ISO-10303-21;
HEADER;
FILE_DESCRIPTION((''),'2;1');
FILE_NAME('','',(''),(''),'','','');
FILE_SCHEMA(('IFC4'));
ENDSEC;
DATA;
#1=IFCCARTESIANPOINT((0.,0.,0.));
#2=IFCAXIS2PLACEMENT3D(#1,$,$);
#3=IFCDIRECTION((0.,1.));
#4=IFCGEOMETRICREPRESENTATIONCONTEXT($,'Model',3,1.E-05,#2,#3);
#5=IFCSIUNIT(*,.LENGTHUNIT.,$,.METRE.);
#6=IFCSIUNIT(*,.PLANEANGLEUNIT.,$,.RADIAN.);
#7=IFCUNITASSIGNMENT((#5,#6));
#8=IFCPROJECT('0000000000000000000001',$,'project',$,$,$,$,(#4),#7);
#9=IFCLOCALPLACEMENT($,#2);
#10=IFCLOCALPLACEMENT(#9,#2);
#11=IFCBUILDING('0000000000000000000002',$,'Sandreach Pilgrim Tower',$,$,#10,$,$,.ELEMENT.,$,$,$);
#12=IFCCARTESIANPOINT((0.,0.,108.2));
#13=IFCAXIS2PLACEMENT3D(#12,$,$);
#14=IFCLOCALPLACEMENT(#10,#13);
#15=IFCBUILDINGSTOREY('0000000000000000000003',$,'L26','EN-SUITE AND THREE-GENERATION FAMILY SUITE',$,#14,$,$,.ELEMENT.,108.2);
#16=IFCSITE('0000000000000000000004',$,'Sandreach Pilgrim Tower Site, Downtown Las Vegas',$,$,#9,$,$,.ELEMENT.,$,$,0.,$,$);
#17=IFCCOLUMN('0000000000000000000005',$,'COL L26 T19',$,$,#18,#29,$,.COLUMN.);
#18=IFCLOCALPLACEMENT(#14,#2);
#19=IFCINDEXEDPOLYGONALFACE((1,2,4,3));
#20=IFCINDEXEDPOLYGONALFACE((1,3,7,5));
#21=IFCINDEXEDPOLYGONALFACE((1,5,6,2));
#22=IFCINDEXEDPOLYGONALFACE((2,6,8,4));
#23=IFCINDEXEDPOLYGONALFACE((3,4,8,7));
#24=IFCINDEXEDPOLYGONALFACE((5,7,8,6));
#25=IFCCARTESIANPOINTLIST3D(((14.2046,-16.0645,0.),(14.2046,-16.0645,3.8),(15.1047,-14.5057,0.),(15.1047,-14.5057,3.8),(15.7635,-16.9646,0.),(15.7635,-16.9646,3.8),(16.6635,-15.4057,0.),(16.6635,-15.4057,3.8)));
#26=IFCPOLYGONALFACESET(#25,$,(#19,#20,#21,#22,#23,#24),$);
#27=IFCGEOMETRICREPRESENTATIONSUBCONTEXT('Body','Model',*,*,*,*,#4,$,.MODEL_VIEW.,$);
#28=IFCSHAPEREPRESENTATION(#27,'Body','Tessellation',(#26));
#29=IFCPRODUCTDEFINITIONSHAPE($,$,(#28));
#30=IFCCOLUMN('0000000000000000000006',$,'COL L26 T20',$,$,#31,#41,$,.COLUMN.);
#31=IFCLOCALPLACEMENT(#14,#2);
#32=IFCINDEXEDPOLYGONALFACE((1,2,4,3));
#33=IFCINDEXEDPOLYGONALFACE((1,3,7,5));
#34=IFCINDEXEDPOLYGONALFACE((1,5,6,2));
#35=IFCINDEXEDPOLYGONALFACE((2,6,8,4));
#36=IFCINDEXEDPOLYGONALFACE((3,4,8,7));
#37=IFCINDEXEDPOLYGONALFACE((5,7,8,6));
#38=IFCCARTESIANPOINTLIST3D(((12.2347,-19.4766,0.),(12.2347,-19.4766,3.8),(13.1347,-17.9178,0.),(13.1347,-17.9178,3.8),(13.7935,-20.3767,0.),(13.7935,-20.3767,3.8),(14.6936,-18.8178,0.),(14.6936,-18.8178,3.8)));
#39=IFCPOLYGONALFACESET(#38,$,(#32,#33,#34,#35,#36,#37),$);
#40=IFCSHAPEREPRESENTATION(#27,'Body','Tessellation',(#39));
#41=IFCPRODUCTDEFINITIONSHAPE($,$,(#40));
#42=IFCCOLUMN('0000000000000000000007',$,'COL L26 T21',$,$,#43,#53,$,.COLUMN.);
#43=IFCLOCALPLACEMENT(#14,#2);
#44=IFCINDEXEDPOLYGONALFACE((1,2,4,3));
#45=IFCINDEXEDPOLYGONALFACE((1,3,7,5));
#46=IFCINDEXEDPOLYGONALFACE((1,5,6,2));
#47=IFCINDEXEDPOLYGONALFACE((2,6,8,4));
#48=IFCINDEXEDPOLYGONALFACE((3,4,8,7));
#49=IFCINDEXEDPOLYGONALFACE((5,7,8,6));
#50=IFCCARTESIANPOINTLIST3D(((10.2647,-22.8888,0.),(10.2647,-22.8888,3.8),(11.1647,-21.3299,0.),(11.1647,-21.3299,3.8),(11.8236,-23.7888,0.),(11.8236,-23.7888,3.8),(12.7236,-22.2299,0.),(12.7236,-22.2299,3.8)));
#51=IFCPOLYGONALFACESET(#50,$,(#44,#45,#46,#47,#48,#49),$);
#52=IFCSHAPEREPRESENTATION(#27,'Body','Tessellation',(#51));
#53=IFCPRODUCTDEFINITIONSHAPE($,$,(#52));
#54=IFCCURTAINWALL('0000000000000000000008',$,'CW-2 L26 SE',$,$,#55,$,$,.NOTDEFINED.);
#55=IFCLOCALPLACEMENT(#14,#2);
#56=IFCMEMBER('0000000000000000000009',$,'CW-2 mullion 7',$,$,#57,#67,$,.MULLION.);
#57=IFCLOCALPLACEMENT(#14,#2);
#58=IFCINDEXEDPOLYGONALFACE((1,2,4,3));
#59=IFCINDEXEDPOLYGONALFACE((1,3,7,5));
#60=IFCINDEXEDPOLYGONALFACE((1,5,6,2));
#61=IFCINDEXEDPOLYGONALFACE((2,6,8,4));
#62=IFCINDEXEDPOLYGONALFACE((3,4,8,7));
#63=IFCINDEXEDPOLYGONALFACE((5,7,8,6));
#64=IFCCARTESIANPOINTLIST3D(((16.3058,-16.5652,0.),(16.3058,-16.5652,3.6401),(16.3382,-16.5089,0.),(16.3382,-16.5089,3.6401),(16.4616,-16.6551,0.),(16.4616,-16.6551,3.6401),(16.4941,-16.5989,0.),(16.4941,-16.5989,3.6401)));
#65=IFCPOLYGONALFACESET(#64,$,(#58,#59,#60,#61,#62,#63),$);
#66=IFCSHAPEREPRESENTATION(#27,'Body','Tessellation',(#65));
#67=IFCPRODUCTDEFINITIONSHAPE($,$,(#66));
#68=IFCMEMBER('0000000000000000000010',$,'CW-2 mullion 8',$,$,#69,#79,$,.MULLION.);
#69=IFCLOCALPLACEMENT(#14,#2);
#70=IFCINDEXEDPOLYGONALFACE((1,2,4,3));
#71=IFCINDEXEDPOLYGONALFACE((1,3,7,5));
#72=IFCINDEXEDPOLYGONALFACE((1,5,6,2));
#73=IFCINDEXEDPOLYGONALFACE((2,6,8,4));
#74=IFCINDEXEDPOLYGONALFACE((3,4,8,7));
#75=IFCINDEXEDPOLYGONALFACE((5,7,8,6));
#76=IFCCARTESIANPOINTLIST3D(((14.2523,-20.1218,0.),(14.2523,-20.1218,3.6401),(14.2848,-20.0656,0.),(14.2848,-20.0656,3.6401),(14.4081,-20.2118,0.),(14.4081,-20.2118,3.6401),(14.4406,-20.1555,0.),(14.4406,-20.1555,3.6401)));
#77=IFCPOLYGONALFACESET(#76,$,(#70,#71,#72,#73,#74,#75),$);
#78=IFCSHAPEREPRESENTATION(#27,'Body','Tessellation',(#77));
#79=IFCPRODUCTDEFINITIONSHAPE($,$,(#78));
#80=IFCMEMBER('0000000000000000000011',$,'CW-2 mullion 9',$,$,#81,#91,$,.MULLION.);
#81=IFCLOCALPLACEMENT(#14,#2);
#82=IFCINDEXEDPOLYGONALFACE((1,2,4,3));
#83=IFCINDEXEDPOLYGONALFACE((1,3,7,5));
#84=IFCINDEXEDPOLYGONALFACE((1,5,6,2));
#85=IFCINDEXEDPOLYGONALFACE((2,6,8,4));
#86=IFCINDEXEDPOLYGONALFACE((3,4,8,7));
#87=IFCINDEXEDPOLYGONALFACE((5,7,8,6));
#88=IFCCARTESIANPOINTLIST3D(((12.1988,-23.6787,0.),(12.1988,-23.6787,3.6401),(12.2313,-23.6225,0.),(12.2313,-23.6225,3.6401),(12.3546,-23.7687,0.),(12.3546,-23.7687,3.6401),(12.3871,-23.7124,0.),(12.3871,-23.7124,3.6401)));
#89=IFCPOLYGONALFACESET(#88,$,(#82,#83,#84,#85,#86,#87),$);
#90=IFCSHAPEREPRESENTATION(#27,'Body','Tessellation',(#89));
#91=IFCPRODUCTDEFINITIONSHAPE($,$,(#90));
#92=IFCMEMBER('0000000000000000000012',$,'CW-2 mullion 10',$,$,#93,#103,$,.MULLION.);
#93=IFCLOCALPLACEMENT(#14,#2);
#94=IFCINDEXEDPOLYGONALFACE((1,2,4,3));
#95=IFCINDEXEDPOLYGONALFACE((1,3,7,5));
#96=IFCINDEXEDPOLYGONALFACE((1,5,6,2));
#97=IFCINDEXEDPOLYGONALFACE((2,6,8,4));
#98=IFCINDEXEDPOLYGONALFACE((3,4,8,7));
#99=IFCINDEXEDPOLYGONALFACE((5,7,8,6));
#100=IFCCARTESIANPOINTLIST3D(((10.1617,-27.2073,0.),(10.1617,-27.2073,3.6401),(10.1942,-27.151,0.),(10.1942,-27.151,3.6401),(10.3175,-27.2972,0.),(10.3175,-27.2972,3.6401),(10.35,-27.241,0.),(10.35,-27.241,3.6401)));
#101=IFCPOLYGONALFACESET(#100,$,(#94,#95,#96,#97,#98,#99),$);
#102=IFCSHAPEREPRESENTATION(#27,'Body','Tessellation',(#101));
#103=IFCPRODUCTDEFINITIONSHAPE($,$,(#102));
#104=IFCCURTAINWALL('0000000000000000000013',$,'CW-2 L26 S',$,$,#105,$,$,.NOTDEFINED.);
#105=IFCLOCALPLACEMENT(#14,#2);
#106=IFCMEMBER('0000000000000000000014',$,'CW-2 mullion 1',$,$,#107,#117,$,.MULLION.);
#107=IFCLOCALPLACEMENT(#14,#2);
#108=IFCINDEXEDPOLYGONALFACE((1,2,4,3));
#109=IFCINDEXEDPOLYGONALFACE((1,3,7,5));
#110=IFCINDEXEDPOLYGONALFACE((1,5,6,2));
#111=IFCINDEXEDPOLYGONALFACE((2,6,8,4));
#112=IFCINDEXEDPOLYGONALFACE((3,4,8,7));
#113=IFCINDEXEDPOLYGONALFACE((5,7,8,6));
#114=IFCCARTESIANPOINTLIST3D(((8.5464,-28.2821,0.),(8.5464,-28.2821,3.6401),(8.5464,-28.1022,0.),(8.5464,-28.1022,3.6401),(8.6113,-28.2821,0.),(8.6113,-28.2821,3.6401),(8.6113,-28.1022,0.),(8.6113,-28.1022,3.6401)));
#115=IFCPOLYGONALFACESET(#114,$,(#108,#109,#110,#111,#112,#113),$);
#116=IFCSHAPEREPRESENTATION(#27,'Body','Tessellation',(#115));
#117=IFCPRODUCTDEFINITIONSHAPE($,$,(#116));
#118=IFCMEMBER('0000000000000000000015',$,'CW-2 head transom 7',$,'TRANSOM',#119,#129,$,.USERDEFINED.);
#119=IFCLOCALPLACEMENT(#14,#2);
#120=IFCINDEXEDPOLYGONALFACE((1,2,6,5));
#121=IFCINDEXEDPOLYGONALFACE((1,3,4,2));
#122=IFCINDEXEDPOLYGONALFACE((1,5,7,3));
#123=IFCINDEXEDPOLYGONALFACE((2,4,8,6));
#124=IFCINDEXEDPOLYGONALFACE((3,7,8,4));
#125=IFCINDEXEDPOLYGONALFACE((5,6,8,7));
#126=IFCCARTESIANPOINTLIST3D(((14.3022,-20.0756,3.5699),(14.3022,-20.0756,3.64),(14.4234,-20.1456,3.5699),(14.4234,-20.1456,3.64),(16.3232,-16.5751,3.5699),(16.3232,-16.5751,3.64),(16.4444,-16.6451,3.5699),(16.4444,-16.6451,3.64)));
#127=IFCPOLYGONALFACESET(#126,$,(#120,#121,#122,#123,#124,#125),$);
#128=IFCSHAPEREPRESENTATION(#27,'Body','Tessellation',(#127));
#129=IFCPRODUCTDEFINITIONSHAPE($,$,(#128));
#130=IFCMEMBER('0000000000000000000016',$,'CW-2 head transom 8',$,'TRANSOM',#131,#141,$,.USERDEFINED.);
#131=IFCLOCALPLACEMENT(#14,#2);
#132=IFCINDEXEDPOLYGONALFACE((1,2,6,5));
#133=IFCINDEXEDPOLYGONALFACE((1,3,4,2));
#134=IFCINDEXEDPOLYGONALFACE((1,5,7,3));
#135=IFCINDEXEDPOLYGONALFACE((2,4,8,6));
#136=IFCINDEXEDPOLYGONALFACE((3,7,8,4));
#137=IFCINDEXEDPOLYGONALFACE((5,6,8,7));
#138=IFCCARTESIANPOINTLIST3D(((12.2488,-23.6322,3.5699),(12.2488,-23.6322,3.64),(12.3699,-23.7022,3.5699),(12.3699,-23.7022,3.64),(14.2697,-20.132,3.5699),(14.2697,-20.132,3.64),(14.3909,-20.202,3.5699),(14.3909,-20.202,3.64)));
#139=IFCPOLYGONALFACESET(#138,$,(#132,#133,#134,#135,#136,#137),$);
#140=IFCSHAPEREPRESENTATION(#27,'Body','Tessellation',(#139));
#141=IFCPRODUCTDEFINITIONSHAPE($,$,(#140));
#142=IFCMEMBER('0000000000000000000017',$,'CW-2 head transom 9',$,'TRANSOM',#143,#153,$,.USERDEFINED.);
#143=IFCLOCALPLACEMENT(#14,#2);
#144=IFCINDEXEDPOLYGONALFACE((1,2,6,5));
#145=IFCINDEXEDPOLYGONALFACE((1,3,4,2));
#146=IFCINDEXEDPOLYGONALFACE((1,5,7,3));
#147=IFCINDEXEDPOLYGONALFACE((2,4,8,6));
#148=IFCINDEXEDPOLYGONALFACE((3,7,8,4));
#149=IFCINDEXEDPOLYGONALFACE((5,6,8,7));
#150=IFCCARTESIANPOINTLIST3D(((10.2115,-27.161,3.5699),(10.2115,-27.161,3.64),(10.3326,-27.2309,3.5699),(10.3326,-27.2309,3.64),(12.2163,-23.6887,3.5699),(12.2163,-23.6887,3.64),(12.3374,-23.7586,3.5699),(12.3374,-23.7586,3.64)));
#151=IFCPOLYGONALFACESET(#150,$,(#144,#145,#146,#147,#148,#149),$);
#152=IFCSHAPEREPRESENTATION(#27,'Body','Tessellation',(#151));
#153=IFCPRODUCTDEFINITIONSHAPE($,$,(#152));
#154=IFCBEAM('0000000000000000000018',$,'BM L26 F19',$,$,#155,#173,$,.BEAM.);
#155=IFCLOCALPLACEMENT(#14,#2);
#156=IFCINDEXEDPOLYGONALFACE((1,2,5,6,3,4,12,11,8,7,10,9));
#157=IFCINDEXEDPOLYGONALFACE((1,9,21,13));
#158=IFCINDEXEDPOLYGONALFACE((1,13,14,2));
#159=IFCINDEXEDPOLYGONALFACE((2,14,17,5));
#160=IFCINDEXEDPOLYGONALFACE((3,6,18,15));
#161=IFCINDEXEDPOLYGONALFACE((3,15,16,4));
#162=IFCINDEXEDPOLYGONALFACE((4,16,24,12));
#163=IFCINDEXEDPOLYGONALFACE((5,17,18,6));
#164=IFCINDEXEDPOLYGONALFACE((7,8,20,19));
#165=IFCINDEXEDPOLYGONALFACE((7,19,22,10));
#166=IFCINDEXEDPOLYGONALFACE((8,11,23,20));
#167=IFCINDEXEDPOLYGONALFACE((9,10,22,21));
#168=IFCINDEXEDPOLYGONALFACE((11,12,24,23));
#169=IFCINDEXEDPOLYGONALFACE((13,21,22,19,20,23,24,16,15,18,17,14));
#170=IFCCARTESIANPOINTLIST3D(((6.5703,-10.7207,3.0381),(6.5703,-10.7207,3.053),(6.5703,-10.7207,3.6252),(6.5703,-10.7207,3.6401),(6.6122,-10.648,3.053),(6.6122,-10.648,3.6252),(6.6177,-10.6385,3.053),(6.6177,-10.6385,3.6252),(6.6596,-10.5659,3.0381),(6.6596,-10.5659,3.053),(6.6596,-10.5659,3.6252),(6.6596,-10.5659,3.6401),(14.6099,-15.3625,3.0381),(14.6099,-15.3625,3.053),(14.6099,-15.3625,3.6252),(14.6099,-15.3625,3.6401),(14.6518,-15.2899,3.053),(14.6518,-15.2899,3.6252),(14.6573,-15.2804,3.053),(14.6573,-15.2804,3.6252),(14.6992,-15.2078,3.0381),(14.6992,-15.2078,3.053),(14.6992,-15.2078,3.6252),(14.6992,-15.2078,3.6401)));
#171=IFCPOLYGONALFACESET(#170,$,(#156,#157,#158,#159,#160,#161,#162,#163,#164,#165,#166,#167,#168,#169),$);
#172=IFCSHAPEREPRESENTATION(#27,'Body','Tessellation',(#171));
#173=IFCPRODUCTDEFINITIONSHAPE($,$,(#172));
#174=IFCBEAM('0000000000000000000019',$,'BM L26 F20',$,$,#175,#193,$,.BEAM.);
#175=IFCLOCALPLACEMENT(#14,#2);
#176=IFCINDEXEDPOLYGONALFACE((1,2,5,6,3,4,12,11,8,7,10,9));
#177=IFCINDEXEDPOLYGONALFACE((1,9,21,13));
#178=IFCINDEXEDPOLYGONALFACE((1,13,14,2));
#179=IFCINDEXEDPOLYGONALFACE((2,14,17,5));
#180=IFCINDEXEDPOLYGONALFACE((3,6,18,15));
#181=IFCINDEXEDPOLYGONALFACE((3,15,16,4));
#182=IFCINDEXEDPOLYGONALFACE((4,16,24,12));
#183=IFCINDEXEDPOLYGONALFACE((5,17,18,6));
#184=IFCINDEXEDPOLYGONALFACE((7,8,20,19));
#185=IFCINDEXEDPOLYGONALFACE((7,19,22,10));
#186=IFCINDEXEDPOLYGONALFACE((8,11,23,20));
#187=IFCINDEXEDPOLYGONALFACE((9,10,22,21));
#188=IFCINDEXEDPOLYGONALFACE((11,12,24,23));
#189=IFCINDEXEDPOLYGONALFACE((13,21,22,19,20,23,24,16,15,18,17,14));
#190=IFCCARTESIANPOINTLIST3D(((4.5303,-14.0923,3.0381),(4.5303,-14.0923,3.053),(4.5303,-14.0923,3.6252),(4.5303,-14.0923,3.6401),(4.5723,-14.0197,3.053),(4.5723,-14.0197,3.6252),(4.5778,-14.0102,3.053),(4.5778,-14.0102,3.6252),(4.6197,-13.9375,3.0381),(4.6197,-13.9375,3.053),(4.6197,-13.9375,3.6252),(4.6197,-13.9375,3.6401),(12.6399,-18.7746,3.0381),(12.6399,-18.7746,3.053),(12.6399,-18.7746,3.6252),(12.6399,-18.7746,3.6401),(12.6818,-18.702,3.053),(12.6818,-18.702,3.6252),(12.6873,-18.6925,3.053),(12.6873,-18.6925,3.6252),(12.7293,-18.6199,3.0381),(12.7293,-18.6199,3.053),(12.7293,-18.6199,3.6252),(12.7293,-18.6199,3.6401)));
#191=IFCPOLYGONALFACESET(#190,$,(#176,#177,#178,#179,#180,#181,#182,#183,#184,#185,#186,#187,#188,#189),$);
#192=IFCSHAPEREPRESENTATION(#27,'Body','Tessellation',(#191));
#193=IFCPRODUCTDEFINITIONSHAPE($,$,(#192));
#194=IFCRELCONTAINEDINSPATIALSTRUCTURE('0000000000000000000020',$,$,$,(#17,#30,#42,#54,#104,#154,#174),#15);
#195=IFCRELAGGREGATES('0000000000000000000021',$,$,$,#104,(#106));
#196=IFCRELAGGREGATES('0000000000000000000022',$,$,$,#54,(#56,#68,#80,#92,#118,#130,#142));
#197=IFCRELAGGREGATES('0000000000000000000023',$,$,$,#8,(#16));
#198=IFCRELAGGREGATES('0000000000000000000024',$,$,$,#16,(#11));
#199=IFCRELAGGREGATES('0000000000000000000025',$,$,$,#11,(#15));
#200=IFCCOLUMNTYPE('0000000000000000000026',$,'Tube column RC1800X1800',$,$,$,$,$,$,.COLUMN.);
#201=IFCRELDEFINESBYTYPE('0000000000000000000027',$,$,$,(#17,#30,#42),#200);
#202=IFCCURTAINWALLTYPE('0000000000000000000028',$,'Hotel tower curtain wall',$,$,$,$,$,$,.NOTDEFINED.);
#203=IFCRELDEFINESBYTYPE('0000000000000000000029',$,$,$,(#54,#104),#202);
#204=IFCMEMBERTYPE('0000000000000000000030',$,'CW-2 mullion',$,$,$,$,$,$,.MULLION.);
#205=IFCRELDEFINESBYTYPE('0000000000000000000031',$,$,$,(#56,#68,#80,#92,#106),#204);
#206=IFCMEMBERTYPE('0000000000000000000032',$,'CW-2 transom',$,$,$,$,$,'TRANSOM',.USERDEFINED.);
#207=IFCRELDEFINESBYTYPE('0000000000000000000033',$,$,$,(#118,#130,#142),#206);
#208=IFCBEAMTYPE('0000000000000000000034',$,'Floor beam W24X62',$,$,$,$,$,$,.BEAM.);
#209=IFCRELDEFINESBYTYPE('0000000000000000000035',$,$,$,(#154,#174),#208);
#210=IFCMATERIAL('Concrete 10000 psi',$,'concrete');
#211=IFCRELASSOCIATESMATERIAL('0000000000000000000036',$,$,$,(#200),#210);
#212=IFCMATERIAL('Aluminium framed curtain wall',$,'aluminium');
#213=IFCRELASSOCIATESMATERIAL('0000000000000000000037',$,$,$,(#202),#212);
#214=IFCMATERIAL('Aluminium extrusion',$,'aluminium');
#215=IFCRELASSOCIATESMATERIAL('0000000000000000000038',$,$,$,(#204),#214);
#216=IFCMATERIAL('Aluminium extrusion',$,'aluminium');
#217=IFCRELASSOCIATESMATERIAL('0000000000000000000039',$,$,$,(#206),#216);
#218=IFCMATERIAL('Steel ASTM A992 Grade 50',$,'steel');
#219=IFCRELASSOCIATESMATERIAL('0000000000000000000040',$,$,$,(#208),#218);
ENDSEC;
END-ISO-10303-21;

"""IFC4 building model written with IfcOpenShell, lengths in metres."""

from ifc_helpers import new_model, si_unit, direction, frame, origin, origin_2d, place, context, subcontext, project, spatial, rectangle, i_section, extrude, material, material_profile, profile_set, type_object, element, aggregate, save


model = new_model("IFC4")

# Units and contexts
model_context = context("Model", 3, precision=1e-05, world=origin(), true_north=direction((0.0, 1.0)))
body_context = subcontext(model_context, "Body", "Model", "MODEL_VIEW")
ifc_project = project(units=[si_unit("LENGTHUNIT", "METRE"), si_unit("PLANEANGLEUNIT", "RADIAN")], contexts=[model_context])

# Site, building, storey
site_placement = place(None, origin())
site = spatial("IfcSite", under=ifc_project, at=site_placement, Name="Sandreach Pilgrim Tower Site, Downtown Las Vegas", CompositionType="ELEMENT", RefElevation=0.0)
building_placement = place(site_placement, origin())
building = spatial("IfcBuilding", under=site, at=building_placement, Name="Sandreach Pilgrim Tower", CompositionType="ELEMENT")
storey_placement = place(building_placement, frame((0.0, 0.0, 108.2)))
storey = spatial("IfcBuildingStorey", under=building, at=storey_placement, Name="L26", Description="EN-SUITE AND THREE-GENERATION FAMILY SUITE", CompositionType="ELEMENT", Elevation=108.2)

# Columns
ifc_material_1 = material(Name="Concrete 10000 psi", Category="concrete")
ifc_material_profile_1 = material_profile(ifc_material_1, rectangle(XDim=1.8, YDim=1.8, at=origin_2d()), Name="RC1800X1800")
ifc_profile_set_1 = profile_set([ifc_material_profile_1], Name="Concrete 10000 psi")
column_type = type_object("IfcColumnType", Name="Tube column RC1800X1800", PredefinedType="COLUMN", material=ifc_profile_set_1)
for number, where, z_axis, x_axis, name in (
    (1, (15.4341, -15.7351, 0.0), (0.0, 0.0, 1.0), (0.866025, -0.5, 0.0), "COL L26 T19"),
    (2, (13.4641, -19.1472, 0.0), (0.0, 0.0, 1.0), (0.866025, -0.5, 0.0), "COL L26 T20"),
    (3, (11.4941, -22.5593, 0.0), (0.0, 0.0, 1.0), (0.866025, -0.5, 0.0), "COL L26 T21"),
):
    element("IfcColumn", number, at=place(storey_placement, frame(where, z_axis=z_axis, x_axis=x_axis)), inside=storey, type_object=column_type, Name=name, PredefinedType="COLUMN", context=body_context, shape_type="SweptSolid", body=[
        extrude(rectangle(XDim=1.8, YDim=1.8, at=origin_2d()), origin(), (0.0, 0.0, 1.0), 3.8),
    ])

# Curtain wall, members
ifc_material_2 = material(Name="Aluminium framed curtain wall", Category="aluminium")
curtain_wall_type = type_object("IfcCurtainWallType", Name="Hotel tower curtain wall", PredefinedType="NOTDEFINED", material=ifc_material_2)
curtain_wall_1_placement = place(storey_placement, origin())
curtain_wall_1 = element("IfcCurtainWall", 4, at=curtain_wall_1_placement, inside=storey, type_object=curtain_wall_type, Name="CW-2 L26 SE", PredefinedType="NOTDEFINED")
ifc_material_3 = material(Name="Aluminium extrusion", Category="aluminium")
ifc_material_profile_2 = material_profile(ifc_material_3, rectangle(XDim=0.0649, YDim=0.1799, at=origin_2d()), Name="CW-2M 65X180")
ifc_profile_set_2 = profile_set([ifc_material_profile_2], Name="Aluminium extrusion")
member_type_1 = type_object("IfcMemberType", Name="CW-2 mullion", PredefinedType="MULLION", material=ifc_profile_set_2)
member_1_placement = place(storey_placement, frame((16.3999, -16.582, 0.0), z_axis=(0.0, 0.0, 1.0), x_axis=(-0.5, -0.866025, 0.0)))
member_1 = element("IfcMember", 5, at=member_1_placement, type_object=member_type_1, Name="CW-2 mullion 7", PredefinedType="MULLION", context=body_context, shape_type="SweptSolid", body=[
    extrude(rectangle(XDim=0.0649, YDim=0.1799, at=origin_2d()), origin(), (0.0, 0.0, 1.0), 3.6401),
])
member_2_placement = place(storey_placement, frame((14.3464, -20.1387, 0.0), z_axis=(0.0, 0.0, 1.0), x_axis=(-0.5, -0.866025, 0.0)))
member_2 = element("IfcMember", 6, at=member_2_placement, type_object=member_type_1, Name="CW-2 mullion 8", PredefinedType="MULLION", context=body_context, shape_type="SweptSolid", body=[
    extrude(rectangle(XDim=0.0649, YDim=0.1799, at=origin_2d()), origin(), (0.0, 0.0, 1.0), 3.6401),
])
member_3_placement = place(storey_placement, frame((12.293, -23.6956, 0.0), z_axis=(0.0, 0.0, 1.0), x_axis=(-0.5, -0.866025, 0.0)))
member_3 = element("IfcMember", 7, at=member_3_placement, type_object=member_type_1, Name="CW-2 mullion 9", PredefinedType="MULLION", context=body_context, shape_type="SweptSolid", body=[
    extrude(rectangle(XDim=0.0649, YDim=0.1799, at=origin_2d()), origin(), (0.0, 0.0, 1.0), 3.6401),
])
member_4_placement = place(storey_placement, frame((10.2559, -27.2241, 0.0), z_axis=(0.0, 0.0, 1.0), x_axis=(-0.5, -0.866025, 0.0)))
member_4 = element("IfcMember", 8, at=member_4_placement, type_object=member_type_1, Name="CW-2 mullion 10", PredefinedType="MULLION", context=body_context, shape_type="SweptSolid", body=[
    extrude(rectangle(XDim=0.0649, YDim=0.1799, at=origin_2d()), origin(), (0.0, 0.0, 1.0), 3.6401),
])

# Curtain wall, member
curtain_wall_2_placement = place(storey_placement, origin())
curtain_wall_2 = element("IfcCurtainWall", 9, at=curtain_wall_2_placement, inside=storey, type_object=curtain_wall_type, Name="CW-2 L26 S", PredefinedType="NOTDEFINED")
member_5_placement = place(storey_placement, frame((8.5789, -28.1921, 0.0), z_axis=(0.0, 0.0, 1.0), x_axis=(-1.0, 0.0, 0.0)))
member_5 = element("IfcMember", 10, at=member_5_placement, type_object=member_type_1, Name="CW-2 mullion 1", PredefinedType="MULLION", context=body_context, shape_type="SweptSolid", body=[
    extrude(rectangle(XDim=0.0649, YDim=0.1799, at=origin_2d()), origin(), (0.0, 0.0, 1.0), 3.6401),
])
aggregate(curtain_wall_2, [member_5])

# Members
ifc_material_4 = material(Name="Aluminium extrusion", Category="aluminium")
ifc_material_profile_3 = material_profile(ifc_material_4, rectangle(XDim=0.1399, YDim=0.0701, at=origin_2d()), Name="CW-2T 140X70")
ifc_profile_set_3 = profile_set([ifc_material_profile_3], Name="Aluminium extrusion")
member_type_2 = type_object("IfcMemberType", Name="CW-2 transom", ElementType="TRANSOM", PredefinedType="USERDEFINED", material=ifc_profile_set_3)
member_6_placement = place(storey_placement, frame((16.3838, -16.6101, 3.605), z_axis=(-0.499998, -0.866027, 0.0), x_axis=(0.866027, -0.499998, 0.0)))
member_6 = element("IfcMember", 11, at=member_6_placement, type_object=member_type_2, Name="CW-2 head transom 7", ObjectType="TRANSOM", PredefinedType="USERDEFINED", context=body_context, shape_type="SweptSolid", body=[
    extrude(rectangle(XDim=0.1399, YDim=0.0701, at=origin_2d()), origin(), (0.0, 0.0, 1.0), 4.042),
])
member_7_placement = place(storey_placement, frame((14.3303, -20.167, 3.605), z_axis=(-0.500024, -0.866012, 0.0), x_axis=(0.866012, -0.500024, 0.0)))
member_7 = element("IfcMember", 12, at=member_7_placement, type_object=member_type_2, Name="CW-2 head transom 8", ObjectType="TRANSOM", PredefinedType="USERDEFINED", context=body_context, shape_type="SweptSolid", body=[
    extrude(rectangle(XDim=0.1399, YDim=0.0701, at=origin_2d()), origin(), (0.0, 0.0, 1.0), 4.0417),
])
member_8_placement = place(storey_placement, frame((12.2769, -23.7236, 3.605), z_axis=(-0.500016, -0.866016, 0.0), x_axis=(0.866016, -0.500016, 0.0)))
member_8 = element("IfcMember", 13, at=member_8_placement, type_object=member_type_2, Name="CW-2 head transom 9", ObjectType="TRANSOM", PredefinedType="USERDEFINED", context=body_context, shape_type="SweptSolid", body=[
    extrude(rectangle(XDim=0.1399, YDim=0.0701, at=origin_2d()), origin(), (0.0, 0.0, 1.0), 4.0095),
])

# Beams
ifc_material_5 = material(Name="Steel ASTM A992 Grade 50", Category="steel")
ifc_material_profile_4 = material_profile(ifc_material_5, i_section(OverallWidth=0.1787, OverallDepth=0.6021, WebThickness=0.011, FlangeThickness=0.0149, at=origin_2d()), Name="W24X62")
ifc_profile_set_4 = profile_set([ifc_material_profile_4], Name="Steel ASTM A992 Grade 50")
beam_type_1 = type_object("IfcBeamType", Name="Floor beam W24X62", PredefinedType="BEAM", material=ifc_profile_set_4)
beam_1_placement = place(storey_placement, frame((14.6545, -15.2852, 3.3391), z_axis=(-0.866016, 0.500017, 0.0), x_axis=(-0.500017, -0.866016, 0.0)))
element("IfcBeam", 14, at=beam_1_placement, inside=storey, type_object=beam_type_1, Name="BM L26 F19", PredefinedType="BEAM", context=body_context, shape_type="SweptSolid", body=[
    extrude(i_section(OverallWidth=0.1787, OverallDepth=0.6021, WebThickness=0.011, FlangeThickness=0.0149, at=origin_2d()), origin(), (0.0, 0.0, 1.0), 9.2834),
])
beam_2_placement = place(storey_placement, frame((12.6846, -18.6973, 3.3391), z_axis=(-0.866012, 0.500023, 0.0), x_axis=(-0.500023, -0.866012, 0.0)))
element("IfcBeam", 15, at=beam_2_placement, inside=storey, type_object=beam_type_1, Name="BM L26 F20", PredefinedType="BEAM", context=body_context, shape_type="SweptSolid", body=[
    extrude(i_section(OverallWidth=0.1787, OverallDepth=0.6021, WebThickness=0.011, FlangeThickness=0.0149, at=origin_2d()), origin(), (0.0, 0.0, 1.0), 9.3643),
])

aggregate(curtain_wall_1, [member_1, member_2, member_3, member_4, member_6, member_7, member_8])

save(model, "model.ifc")
